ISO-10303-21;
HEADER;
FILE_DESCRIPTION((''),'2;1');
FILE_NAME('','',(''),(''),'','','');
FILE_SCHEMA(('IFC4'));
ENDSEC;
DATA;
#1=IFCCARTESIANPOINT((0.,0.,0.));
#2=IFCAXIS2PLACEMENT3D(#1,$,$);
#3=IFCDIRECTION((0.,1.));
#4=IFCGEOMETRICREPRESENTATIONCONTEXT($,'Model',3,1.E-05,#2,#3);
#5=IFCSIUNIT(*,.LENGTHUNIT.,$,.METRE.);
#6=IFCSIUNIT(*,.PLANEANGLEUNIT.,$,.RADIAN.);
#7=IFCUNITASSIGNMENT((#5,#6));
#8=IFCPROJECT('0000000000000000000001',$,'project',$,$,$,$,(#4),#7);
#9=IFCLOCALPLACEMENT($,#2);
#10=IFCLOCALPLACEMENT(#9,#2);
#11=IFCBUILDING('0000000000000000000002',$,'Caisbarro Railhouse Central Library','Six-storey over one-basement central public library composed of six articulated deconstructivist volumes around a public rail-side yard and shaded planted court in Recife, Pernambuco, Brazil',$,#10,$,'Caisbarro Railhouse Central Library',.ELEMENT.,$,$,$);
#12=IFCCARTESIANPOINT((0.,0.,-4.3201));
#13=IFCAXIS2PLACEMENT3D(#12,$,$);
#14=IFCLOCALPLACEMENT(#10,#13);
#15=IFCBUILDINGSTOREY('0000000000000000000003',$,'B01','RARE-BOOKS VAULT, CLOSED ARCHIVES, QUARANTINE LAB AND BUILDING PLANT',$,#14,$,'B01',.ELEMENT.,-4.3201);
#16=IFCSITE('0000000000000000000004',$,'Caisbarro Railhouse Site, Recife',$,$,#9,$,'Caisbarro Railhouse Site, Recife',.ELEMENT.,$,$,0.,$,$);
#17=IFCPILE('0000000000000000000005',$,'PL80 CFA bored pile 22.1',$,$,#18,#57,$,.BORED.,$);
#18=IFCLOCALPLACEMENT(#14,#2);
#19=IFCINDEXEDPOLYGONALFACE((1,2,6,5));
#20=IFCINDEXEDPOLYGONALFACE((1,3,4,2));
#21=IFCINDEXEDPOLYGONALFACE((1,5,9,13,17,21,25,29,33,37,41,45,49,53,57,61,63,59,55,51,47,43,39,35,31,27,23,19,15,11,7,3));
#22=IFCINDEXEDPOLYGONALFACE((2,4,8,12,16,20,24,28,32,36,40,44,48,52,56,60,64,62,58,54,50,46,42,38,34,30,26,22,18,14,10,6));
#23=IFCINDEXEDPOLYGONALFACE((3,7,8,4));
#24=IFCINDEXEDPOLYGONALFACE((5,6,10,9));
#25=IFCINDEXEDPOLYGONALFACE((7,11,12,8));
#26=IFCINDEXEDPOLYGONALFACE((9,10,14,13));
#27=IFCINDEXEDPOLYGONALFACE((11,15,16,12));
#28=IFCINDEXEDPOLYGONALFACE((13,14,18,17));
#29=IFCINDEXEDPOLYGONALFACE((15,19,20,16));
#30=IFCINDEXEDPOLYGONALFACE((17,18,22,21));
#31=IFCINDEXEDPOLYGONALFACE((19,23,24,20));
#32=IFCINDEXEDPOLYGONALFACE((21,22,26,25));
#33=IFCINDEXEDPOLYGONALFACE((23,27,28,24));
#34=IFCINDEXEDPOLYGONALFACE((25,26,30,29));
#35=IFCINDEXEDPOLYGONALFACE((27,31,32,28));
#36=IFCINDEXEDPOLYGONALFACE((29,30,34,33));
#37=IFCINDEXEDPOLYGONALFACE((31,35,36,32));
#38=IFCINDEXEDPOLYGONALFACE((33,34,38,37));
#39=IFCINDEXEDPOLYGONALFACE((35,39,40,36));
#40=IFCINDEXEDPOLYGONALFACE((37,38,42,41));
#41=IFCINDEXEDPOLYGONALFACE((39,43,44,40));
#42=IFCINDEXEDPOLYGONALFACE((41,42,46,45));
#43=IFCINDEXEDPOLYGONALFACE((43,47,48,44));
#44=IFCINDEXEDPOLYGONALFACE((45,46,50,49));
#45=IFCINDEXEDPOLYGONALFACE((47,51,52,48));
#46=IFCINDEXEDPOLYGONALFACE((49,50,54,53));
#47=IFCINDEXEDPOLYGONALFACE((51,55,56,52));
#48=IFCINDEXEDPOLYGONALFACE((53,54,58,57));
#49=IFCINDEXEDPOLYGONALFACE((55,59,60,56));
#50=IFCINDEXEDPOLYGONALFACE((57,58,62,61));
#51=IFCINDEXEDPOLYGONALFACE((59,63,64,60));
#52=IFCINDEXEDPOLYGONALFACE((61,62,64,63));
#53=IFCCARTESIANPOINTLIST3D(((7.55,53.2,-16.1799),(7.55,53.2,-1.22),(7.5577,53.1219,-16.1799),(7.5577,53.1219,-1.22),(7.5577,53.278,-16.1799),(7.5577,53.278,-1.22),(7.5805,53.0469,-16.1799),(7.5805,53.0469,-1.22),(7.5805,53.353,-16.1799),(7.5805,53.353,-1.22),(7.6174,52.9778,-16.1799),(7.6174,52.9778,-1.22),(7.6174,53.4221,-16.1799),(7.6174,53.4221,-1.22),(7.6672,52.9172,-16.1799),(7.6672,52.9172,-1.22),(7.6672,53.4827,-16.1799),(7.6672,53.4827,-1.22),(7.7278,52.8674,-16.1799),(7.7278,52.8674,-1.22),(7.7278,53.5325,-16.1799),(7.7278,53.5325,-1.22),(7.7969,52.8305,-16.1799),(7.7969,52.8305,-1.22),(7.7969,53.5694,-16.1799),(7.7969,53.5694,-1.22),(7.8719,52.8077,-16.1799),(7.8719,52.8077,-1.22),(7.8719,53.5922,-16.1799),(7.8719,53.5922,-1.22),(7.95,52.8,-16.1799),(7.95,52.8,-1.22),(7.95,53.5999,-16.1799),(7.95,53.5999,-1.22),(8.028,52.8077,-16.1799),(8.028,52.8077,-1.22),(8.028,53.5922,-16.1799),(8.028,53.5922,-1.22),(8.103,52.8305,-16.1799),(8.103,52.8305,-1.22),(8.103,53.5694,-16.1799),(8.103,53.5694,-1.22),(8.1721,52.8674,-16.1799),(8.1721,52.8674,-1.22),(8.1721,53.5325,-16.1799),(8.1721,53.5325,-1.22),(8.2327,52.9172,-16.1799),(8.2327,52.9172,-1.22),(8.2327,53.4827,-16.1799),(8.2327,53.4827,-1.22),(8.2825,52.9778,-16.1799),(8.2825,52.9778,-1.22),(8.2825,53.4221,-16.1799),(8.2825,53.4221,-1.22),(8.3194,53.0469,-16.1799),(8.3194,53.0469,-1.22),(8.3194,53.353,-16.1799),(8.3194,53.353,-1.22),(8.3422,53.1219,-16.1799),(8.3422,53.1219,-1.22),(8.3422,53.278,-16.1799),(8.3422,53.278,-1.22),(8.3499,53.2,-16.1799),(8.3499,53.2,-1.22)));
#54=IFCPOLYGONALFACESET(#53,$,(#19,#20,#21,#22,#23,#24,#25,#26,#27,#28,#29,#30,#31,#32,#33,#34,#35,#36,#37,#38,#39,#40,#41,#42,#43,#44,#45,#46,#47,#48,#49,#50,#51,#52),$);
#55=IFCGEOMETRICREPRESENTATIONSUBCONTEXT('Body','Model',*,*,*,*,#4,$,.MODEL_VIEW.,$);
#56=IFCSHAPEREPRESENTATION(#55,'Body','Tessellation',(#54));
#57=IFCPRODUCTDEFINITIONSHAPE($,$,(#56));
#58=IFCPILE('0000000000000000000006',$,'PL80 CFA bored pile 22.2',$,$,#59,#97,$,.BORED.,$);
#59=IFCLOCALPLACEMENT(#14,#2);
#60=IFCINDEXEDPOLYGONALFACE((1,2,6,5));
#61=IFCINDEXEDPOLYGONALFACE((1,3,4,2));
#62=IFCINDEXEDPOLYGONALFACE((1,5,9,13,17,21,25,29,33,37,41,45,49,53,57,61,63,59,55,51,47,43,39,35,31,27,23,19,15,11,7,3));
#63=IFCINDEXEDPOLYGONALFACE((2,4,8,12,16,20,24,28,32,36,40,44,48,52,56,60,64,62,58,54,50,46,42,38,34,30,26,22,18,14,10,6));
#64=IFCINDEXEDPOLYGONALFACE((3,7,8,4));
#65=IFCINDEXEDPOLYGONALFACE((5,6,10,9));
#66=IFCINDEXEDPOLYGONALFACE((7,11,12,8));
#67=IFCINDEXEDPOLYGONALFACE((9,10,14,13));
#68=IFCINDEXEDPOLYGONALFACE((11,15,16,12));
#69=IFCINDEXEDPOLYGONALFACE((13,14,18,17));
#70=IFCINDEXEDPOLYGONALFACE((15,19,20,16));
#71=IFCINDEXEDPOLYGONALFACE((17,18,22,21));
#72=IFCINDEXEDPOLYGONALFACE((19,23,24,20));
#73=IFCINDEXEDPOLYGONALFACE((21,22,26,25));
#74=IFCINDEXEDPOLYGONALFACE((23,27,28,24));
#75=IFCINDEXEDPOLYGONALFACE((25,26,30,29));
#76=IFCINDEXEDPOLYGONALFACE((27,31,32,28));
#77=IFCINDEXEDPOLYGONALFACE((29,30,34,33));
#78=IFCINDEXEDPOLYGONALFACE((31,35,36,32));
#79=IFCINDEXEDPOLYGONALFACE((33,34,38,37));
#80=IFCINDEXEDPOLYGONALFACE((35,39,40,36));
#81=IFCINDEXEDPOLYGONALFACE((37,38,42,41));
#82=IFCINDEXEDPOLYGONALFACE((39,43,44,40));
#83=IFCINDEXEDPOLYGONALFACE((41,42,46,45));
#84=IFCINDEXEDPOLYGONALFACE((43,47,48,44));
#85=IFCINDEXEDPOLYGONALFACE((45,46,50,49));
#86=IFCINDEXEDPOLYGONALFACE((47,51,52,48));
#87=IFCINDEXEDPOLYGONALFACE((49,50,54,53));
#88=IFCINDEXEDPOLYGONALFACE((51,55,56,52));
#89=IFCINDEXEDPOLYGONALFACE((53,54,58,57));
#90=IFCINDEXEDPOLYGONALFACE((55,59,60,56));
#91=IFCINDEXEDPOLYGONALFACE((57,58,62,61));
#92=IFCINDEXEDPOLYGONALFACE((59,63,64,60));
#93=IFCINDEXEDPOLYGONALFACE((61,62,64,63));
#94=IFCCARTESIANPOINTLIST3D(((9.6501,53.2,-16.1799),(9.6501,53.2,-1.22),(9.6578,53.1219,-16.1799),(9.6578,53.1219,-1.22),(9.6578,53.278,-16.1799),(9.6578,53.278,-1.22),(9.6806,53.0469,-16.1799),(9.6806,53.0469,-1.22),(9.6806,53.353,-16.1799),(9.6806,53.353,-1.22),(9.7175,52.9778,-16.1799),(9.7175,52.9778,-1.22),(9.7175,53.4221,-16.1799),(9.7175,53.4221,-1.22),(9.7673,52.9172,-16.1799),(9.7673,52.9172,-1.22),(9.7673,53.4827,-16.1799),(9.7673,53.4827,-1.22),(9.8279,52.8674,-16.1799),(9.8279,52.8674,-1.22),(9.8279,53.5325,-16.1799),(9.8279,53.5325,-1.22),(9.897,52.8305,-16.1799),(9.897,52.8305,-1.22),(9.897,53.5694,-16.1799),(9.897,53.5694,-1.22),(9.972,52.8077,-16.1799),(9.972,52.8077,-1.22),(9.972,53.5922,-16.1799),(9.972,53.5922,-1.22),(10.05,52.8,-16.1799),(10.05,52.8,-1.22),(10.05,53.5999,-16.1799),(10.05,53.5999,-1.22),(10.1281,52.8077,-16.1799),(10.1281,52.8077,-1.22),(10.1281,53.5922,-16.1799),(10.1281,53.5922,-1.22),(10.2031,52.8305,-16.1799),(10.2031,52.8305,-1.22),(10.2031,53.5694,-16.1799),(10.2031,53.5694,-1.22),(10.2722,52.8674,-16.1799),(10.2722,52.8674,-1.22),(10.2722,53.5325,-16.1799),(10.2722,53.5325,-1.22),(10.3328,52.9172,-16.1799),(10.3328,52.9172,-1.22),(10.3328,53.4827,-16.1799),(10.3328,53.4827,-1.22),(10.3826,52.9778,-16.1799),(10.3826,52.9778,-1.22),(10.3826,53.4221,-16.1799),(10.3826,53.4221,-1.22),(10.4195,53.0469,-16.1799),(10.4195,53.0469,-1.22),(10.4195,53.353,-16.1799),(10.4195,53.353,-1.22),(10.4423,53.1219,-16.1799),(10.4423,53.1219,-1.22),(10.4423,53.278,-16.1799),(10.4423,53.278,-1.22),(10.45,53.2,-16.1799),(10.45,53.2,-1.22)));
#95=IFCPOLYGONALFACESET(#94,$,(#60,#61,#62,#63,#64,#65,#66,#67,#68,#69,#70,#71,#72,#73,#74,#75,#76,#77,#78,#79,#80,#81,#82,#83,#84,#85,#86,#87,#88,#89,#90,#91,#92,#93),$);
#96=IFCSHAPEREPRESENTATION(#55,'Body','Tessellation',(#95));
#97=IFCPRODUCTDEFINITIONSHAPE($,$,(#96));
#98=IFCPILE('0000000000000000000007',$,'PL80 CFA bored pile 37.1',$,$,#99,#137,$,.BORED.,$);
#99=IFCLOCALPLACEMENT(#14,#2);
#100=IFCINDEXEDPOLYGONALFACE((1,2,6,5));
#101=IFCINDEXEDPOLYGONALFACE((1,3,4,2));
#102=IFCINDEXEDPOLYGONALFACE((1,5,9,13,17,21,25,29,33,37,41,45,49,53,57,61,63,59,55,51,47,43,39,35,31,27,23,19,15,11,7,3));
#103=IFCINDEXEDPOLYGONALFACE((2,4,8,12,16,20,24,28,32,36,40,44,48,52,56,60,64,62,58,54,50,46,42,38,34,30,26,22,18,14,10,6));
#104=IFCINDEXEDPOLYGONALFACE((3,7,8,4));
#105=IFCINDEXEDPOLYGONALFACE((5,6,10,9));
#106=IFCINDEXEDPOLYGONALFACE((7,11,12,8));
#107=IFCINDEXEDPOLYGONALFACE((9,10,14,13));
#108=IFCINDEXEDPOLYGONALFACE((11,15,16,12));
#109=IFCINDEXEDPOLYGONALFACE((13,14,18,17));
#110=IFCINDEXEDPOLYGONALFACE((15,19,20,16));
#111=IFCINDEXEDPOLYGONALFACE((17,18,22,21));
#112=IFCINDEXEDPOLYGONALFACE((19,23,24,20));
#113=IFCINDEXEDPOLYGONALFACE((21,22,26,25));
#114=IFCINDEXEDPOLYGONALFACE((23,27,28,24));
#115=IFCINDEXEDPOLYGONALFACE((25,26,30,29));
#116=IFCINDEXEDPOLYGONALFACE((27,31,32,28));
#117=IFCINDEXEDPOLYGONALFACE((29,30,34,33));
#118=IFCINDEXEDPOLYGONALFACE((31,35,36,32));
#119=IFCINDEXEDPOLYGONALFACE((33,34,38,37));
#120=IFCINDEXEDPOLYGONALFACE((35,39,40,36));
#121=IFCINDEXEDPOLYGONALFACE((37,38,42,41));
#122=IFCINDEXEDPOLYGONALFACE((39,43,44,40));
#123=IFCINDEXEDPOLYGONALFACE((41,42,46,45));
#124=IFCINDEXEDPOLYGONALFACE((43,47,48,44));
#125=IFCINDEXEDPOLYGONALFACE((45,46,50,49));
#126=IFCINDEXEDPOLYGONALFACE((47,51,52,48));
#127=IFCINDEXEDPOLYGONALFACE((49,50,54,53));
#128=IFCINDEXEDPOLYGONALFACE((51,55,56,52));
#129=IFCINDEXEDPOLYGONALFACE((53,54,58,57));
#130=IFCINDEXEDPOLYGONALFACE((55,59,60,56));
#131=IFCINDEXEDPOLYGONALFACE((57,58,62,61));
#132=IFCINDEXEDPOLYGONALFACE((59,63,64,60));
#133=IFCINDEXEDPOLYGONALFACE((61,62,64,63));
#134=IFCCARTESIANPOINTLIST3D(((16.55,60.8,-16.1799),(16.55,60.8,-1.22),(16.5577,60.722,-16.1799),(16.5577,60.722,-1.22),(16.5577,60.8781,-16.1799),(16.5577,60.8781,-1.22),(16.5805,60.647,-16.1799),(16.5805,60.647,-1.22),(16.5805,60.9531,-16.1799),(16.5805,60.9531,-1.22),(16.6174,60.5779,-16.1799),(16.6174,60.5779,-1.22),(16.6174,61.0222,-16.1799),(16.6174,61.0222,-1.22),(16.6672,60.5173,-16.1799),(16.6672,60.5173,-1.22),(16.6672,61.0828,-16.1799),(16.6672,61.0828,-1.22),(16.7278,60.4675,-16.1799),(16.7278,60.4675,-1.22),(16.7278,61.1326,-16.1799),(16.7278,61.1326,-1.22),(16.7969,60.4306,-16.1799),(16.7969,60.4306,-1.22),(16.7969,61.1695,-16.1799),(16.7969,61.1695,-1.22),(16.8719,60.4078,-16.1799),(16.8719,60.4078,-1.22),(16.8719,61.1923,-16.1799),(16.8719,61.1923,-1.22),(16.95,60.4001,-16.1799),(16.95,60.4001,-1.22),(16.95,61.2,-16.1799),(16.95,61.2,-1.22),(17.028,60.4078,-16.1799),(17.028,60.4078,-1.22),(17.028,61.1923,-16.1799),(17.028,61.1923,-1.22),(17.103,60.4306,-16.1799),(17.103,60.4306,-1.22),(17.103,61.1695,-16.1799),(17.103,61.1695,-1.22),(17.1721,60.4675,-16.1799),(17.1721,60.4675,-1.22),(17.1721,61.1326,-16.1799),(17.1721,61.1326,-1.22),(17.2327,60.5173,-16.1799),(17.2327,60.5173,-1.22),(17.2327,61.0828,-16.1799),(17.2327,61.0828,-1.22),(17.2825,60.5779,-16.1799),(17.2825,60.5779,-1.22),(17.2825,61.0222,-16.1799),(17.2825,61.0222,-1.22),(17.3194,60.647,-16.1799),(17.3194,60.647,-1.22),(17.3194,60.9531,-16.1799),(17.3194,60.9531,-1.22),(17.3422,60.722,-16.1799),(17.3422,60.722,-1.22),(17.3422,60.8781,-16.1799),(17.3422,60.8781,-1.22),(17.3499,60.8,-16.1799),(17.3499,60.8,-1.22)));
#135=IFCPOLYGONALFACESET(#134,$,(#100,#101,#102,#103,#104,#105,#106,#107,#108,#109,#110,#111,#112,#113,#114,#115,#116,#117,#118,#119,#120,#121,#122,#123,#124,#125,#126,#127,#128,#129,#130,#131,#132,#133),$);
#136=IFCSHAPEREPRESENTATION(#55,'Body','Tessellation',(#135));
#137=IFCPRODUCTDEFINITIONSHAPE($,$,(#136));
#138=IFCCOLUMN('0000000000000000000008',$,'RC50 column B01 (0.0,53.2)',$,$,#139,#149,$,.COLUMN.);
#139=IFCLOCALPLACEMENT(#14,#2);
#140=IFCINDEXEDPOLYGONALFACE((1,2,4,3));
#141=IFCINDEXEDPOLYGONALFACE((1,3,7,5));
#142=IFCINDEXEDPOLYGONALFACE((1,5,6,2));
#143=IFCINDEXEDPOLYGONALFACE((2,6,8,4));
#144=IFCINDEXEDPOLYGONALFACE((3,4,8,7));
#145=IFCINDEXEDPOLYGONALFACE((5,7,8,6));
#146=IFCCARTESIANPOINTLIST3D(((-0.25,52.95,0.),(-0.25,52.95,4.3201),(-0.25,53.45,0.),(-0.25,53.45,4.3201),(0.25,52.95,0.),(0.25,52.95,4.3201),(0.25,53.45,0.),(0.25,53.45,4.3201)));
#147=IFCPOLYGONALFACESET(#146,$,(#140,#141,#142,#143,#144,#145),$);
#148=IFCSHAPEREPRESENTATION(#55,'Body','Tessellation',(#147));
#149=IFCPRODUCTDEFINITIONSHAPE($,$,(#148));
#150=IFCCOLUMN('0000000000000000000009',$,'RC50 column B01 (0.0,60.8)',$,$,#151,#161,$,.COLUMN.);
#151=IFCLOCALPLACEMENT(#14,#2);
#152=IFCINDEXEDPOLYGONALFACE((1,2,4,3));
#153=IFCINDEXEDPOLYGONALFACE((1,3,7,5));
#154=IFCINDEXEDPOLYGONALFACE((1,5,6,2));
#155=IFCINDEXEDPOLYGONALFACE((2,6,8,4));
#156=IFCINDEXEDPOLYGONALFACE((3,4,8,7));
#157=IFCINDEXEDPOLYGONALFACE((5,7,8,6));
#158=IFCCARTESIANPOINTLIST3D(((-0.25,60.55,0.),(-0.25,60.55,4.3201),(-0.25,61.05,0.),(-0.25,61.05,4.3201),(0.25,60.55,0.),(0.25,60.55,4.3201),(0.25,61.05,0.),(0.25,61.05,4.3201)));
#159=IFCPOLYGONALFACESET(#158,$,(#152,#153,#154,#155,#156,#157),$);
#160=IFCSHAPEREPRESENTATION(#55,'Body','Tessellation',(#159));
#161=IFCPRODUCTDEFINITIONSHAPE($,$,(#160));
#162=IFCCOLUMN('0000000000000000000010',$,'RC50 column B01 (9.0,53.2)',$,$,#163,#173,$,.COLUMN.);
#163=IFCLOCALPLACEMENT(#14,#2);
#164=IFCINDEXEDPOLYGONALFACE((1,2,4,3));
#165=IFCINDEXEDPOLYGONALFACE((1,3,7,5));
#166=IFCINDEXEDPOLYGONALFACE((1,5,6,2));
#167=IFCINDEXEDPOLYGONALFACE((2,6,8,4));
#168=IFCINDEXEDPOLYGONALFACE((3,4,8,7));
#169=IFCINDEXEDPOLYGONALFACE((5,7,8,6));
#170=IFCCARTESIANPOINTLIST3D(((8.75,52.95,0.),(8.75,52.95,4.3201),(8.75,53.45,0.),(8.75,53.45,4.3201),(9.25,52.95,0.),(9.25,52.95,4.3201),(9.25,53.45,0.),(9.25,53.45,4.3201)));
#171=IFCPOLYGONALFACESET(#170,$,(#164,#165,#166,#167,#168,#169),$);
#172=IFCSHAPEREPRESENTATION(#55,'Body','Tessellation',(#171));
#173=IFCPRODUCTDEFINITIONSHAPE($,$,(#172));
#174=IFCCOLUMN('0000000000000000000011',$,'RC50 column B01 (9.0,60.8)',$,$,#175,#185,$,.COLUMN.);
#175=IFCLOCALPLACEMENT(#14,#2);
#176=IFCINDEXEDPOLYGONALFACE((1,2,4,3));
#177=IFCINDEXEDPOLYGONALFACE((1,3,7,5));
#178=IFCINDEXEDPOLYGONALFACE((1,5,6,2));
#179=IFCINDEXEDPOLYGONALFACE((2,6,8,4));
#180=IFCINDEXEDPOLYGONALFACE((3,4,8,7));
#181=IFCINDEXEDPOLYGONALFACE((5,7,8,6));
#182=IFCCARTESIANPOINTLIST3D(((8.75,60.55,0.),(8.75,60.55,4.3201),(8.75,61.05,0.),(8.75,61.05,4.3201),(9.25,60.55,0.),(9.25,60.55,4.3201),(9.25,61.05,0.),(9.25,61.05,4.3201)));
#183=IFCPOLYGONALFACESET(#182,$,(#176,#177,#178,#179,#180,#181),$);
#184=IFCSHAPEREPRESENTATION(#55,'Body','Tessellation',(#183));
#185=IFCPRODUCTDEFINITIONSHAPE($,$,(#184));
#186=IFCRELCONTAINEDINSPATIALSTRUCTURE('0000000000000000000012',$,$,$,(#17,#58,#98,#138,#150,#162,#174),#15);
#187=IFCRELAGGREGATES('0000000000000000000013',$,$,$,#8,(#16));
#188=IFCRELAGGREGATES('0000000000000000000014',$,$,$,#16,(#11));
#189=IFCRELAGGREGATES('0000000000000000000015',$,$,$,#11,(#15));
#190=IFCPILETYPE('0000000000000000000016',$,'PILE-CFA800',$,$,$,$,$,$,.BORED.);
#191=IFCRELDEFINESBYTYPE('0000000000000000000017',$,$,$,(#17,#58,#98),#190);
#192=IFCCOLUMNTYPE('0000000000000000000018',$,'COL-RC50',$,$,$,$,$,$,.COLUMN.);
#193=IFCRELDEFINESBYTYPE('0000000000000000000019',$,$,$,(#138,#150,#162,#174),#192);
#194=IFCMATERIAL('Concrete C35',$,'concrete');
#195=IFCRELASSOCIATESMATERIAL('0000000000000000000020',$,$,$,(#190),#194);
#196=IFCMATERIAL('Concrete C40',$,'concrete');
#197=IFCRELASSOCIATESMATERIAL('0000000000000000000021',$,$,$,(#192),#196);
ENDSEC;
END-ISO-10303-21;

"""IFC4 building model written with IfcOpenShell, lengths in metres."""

from ifc_helpers import new_model, si_unit, direction, frame, origin, origin_2d, place, context, subcontext, project, spatial, rectangle, circle, extrude, material, material_profile, profile_set, type_object, element, save


model = new_model("IFC4")

# Units and contexts
model_context = context("Model", 3, precision=1e-05, world=origin(), true_north=direction((0.0, 1.0)))
body_context = subcontext(model_context, "Body", "Model", "MODEL_VIEW")
ifc_project = project(units=[si_unit("LENGTHUNIT", "METRE"), si_unit("PLANEANGLEUNIT", "RADIAN")], contexts=[model_context])

# Site, building, storey
site_placement = place(None, origin())
site = spatial("IfcSite", under=ifc_project, at=site_placement, Name="Caisbarro Railhouse Site, Recife", LongName="Caisbarro Railhouse Site, Recife", CompositionType="ELEMENT", RefElevation=0.0)
building_placement = place(site_placement, origin())
building = spatial("IfcBuilding", under=site, at=building_placement, Name="Caisbarro Railhouse Central Library", Description="Six-storey over one-basement central public library composed of six articulated deconstructivist volumes around a public rail-side yard and shaded planted court in Recife, Pernambuco, Brazil", LongName="Caisbarro Railhouse Central Library", CompositionType="ELEMENT")
storey_placement = place(building_placement, frame((0.0, 0.0, -4.3201)))
storey = spatial("IfcBuildingStorey", under=building, at=storey_placement, Name="B01", Description="RARE-BOOKS VAULT, CLOSED ARCHIVES, QUARANTINE LAB AND BUILDING PLANT", LongName="B01", CompositionType="ELEMENT", Elevation=-4.3201)

# Shared definitions
ifc_material_1 = material(Name="Concrete C35", Category="concrete")
ifc_material_2 = material(Name="Concrete C40", Category="concrete")

# Piles
ifc_material_profile_1 = material_profile(ifc_material_1, circle(Radius=0.3999, at=origin_2d()), Name="PILE-CFA-800")
ifc_profile_set_1 = profile_set([ifc_material_profile_1], Name="Concrete C35")
pile_type_1 = type_object("IfcPileType", Name="PILE-CFA800", PredefinedType="BORED", material=ifc_profile_set_1)
for number, where, z_axis, x_axis, name in (
    (1, (7.95, 53.2, -1.22), (0.0, 0.0, -1.0), (1.0, 0.0, 0.0), "PL80 CFA bored pile 22.1"),
    (2, (10.05, 53.2, -1.22), (0.0, 0.0, -1.0), (1.0, 0.0, 0.0), "PL80 CFA bored pile 22.2"),
    (3, (16.95, 60.8, -1.22), (0.0, 0.0, -1.0), (1.0, 0.0, 0.0), "PL80 CFA bored pile 37.1"),
):
    element("IfcPile", number, at=place(storey_placement, frame(where, z_axis=z_axis, x_axis=x_axis)), inside=storey, type_object=pile_type_1, Name=name, PredefinedType="BORED", context=body_context, shape_type="SweptSolid", body=[
        extrude(circle(Radius=0.3999, at=origin_2d()), origin(), (0.0, 0.0, 1.0), 14.96),
    ])

# Columns
ifc_material_profile_2 = material_profile(ifc_material_2, rectangle(XDim=0.5, YDim=0.5, at=origin_2d()), Name="RC-COL-500X500")
ifc_profile_set_2 = profile_set([ifc_material_profile_2], Name="Concrete C40")
column_type = type_object("IfcColumnType", Name="COL-RC50", PredefinedType="COLUMN", material=ifc_profile_set_2)
for number, where, z_axis, x_axis, name in (
    (4, (0.0, 53.2, 0.0), (0.0, 0.0, 1.0), (1.0, 0.0, 0.0), "RC50 column B01 (0.0,53.2)"),
    (5, (0.0, 60.8, 0.0), (0.0, 0.0, 1.0), (1.0, 0.0, 0.0), "RC50 column B01 (0.0,60.8)"),
    (6, (9.0, 53.2, 0.0), (0.0, 0.0, 1.0), (1.0, 0.0, 0.0), "RC50 column B01 (9.0,53.2)"),
    (7, (9.0, 60.8, 0.0), (0.0, 0.0, 1.0), (1.0, 0.0, 0.0), "RC50 column B01 (9.0,60.8)"),
):
    element("IfcColumn", number, at=place(storey_placement, frame(where, z_axis=z_axis, x_axis=x_axis)), inside=storey, type_object=column_type, Name=name, PredefinedType="COLUMN", context=body_context, shape_type="SweptSolid", body=[
        extrude(rectangle(XDim=0.5, YDim=0.5, at=origin_2d()), origin(), (0.0, 0.0, 1.0), 4.3201),
    ])

save(model, "model.ifc")
